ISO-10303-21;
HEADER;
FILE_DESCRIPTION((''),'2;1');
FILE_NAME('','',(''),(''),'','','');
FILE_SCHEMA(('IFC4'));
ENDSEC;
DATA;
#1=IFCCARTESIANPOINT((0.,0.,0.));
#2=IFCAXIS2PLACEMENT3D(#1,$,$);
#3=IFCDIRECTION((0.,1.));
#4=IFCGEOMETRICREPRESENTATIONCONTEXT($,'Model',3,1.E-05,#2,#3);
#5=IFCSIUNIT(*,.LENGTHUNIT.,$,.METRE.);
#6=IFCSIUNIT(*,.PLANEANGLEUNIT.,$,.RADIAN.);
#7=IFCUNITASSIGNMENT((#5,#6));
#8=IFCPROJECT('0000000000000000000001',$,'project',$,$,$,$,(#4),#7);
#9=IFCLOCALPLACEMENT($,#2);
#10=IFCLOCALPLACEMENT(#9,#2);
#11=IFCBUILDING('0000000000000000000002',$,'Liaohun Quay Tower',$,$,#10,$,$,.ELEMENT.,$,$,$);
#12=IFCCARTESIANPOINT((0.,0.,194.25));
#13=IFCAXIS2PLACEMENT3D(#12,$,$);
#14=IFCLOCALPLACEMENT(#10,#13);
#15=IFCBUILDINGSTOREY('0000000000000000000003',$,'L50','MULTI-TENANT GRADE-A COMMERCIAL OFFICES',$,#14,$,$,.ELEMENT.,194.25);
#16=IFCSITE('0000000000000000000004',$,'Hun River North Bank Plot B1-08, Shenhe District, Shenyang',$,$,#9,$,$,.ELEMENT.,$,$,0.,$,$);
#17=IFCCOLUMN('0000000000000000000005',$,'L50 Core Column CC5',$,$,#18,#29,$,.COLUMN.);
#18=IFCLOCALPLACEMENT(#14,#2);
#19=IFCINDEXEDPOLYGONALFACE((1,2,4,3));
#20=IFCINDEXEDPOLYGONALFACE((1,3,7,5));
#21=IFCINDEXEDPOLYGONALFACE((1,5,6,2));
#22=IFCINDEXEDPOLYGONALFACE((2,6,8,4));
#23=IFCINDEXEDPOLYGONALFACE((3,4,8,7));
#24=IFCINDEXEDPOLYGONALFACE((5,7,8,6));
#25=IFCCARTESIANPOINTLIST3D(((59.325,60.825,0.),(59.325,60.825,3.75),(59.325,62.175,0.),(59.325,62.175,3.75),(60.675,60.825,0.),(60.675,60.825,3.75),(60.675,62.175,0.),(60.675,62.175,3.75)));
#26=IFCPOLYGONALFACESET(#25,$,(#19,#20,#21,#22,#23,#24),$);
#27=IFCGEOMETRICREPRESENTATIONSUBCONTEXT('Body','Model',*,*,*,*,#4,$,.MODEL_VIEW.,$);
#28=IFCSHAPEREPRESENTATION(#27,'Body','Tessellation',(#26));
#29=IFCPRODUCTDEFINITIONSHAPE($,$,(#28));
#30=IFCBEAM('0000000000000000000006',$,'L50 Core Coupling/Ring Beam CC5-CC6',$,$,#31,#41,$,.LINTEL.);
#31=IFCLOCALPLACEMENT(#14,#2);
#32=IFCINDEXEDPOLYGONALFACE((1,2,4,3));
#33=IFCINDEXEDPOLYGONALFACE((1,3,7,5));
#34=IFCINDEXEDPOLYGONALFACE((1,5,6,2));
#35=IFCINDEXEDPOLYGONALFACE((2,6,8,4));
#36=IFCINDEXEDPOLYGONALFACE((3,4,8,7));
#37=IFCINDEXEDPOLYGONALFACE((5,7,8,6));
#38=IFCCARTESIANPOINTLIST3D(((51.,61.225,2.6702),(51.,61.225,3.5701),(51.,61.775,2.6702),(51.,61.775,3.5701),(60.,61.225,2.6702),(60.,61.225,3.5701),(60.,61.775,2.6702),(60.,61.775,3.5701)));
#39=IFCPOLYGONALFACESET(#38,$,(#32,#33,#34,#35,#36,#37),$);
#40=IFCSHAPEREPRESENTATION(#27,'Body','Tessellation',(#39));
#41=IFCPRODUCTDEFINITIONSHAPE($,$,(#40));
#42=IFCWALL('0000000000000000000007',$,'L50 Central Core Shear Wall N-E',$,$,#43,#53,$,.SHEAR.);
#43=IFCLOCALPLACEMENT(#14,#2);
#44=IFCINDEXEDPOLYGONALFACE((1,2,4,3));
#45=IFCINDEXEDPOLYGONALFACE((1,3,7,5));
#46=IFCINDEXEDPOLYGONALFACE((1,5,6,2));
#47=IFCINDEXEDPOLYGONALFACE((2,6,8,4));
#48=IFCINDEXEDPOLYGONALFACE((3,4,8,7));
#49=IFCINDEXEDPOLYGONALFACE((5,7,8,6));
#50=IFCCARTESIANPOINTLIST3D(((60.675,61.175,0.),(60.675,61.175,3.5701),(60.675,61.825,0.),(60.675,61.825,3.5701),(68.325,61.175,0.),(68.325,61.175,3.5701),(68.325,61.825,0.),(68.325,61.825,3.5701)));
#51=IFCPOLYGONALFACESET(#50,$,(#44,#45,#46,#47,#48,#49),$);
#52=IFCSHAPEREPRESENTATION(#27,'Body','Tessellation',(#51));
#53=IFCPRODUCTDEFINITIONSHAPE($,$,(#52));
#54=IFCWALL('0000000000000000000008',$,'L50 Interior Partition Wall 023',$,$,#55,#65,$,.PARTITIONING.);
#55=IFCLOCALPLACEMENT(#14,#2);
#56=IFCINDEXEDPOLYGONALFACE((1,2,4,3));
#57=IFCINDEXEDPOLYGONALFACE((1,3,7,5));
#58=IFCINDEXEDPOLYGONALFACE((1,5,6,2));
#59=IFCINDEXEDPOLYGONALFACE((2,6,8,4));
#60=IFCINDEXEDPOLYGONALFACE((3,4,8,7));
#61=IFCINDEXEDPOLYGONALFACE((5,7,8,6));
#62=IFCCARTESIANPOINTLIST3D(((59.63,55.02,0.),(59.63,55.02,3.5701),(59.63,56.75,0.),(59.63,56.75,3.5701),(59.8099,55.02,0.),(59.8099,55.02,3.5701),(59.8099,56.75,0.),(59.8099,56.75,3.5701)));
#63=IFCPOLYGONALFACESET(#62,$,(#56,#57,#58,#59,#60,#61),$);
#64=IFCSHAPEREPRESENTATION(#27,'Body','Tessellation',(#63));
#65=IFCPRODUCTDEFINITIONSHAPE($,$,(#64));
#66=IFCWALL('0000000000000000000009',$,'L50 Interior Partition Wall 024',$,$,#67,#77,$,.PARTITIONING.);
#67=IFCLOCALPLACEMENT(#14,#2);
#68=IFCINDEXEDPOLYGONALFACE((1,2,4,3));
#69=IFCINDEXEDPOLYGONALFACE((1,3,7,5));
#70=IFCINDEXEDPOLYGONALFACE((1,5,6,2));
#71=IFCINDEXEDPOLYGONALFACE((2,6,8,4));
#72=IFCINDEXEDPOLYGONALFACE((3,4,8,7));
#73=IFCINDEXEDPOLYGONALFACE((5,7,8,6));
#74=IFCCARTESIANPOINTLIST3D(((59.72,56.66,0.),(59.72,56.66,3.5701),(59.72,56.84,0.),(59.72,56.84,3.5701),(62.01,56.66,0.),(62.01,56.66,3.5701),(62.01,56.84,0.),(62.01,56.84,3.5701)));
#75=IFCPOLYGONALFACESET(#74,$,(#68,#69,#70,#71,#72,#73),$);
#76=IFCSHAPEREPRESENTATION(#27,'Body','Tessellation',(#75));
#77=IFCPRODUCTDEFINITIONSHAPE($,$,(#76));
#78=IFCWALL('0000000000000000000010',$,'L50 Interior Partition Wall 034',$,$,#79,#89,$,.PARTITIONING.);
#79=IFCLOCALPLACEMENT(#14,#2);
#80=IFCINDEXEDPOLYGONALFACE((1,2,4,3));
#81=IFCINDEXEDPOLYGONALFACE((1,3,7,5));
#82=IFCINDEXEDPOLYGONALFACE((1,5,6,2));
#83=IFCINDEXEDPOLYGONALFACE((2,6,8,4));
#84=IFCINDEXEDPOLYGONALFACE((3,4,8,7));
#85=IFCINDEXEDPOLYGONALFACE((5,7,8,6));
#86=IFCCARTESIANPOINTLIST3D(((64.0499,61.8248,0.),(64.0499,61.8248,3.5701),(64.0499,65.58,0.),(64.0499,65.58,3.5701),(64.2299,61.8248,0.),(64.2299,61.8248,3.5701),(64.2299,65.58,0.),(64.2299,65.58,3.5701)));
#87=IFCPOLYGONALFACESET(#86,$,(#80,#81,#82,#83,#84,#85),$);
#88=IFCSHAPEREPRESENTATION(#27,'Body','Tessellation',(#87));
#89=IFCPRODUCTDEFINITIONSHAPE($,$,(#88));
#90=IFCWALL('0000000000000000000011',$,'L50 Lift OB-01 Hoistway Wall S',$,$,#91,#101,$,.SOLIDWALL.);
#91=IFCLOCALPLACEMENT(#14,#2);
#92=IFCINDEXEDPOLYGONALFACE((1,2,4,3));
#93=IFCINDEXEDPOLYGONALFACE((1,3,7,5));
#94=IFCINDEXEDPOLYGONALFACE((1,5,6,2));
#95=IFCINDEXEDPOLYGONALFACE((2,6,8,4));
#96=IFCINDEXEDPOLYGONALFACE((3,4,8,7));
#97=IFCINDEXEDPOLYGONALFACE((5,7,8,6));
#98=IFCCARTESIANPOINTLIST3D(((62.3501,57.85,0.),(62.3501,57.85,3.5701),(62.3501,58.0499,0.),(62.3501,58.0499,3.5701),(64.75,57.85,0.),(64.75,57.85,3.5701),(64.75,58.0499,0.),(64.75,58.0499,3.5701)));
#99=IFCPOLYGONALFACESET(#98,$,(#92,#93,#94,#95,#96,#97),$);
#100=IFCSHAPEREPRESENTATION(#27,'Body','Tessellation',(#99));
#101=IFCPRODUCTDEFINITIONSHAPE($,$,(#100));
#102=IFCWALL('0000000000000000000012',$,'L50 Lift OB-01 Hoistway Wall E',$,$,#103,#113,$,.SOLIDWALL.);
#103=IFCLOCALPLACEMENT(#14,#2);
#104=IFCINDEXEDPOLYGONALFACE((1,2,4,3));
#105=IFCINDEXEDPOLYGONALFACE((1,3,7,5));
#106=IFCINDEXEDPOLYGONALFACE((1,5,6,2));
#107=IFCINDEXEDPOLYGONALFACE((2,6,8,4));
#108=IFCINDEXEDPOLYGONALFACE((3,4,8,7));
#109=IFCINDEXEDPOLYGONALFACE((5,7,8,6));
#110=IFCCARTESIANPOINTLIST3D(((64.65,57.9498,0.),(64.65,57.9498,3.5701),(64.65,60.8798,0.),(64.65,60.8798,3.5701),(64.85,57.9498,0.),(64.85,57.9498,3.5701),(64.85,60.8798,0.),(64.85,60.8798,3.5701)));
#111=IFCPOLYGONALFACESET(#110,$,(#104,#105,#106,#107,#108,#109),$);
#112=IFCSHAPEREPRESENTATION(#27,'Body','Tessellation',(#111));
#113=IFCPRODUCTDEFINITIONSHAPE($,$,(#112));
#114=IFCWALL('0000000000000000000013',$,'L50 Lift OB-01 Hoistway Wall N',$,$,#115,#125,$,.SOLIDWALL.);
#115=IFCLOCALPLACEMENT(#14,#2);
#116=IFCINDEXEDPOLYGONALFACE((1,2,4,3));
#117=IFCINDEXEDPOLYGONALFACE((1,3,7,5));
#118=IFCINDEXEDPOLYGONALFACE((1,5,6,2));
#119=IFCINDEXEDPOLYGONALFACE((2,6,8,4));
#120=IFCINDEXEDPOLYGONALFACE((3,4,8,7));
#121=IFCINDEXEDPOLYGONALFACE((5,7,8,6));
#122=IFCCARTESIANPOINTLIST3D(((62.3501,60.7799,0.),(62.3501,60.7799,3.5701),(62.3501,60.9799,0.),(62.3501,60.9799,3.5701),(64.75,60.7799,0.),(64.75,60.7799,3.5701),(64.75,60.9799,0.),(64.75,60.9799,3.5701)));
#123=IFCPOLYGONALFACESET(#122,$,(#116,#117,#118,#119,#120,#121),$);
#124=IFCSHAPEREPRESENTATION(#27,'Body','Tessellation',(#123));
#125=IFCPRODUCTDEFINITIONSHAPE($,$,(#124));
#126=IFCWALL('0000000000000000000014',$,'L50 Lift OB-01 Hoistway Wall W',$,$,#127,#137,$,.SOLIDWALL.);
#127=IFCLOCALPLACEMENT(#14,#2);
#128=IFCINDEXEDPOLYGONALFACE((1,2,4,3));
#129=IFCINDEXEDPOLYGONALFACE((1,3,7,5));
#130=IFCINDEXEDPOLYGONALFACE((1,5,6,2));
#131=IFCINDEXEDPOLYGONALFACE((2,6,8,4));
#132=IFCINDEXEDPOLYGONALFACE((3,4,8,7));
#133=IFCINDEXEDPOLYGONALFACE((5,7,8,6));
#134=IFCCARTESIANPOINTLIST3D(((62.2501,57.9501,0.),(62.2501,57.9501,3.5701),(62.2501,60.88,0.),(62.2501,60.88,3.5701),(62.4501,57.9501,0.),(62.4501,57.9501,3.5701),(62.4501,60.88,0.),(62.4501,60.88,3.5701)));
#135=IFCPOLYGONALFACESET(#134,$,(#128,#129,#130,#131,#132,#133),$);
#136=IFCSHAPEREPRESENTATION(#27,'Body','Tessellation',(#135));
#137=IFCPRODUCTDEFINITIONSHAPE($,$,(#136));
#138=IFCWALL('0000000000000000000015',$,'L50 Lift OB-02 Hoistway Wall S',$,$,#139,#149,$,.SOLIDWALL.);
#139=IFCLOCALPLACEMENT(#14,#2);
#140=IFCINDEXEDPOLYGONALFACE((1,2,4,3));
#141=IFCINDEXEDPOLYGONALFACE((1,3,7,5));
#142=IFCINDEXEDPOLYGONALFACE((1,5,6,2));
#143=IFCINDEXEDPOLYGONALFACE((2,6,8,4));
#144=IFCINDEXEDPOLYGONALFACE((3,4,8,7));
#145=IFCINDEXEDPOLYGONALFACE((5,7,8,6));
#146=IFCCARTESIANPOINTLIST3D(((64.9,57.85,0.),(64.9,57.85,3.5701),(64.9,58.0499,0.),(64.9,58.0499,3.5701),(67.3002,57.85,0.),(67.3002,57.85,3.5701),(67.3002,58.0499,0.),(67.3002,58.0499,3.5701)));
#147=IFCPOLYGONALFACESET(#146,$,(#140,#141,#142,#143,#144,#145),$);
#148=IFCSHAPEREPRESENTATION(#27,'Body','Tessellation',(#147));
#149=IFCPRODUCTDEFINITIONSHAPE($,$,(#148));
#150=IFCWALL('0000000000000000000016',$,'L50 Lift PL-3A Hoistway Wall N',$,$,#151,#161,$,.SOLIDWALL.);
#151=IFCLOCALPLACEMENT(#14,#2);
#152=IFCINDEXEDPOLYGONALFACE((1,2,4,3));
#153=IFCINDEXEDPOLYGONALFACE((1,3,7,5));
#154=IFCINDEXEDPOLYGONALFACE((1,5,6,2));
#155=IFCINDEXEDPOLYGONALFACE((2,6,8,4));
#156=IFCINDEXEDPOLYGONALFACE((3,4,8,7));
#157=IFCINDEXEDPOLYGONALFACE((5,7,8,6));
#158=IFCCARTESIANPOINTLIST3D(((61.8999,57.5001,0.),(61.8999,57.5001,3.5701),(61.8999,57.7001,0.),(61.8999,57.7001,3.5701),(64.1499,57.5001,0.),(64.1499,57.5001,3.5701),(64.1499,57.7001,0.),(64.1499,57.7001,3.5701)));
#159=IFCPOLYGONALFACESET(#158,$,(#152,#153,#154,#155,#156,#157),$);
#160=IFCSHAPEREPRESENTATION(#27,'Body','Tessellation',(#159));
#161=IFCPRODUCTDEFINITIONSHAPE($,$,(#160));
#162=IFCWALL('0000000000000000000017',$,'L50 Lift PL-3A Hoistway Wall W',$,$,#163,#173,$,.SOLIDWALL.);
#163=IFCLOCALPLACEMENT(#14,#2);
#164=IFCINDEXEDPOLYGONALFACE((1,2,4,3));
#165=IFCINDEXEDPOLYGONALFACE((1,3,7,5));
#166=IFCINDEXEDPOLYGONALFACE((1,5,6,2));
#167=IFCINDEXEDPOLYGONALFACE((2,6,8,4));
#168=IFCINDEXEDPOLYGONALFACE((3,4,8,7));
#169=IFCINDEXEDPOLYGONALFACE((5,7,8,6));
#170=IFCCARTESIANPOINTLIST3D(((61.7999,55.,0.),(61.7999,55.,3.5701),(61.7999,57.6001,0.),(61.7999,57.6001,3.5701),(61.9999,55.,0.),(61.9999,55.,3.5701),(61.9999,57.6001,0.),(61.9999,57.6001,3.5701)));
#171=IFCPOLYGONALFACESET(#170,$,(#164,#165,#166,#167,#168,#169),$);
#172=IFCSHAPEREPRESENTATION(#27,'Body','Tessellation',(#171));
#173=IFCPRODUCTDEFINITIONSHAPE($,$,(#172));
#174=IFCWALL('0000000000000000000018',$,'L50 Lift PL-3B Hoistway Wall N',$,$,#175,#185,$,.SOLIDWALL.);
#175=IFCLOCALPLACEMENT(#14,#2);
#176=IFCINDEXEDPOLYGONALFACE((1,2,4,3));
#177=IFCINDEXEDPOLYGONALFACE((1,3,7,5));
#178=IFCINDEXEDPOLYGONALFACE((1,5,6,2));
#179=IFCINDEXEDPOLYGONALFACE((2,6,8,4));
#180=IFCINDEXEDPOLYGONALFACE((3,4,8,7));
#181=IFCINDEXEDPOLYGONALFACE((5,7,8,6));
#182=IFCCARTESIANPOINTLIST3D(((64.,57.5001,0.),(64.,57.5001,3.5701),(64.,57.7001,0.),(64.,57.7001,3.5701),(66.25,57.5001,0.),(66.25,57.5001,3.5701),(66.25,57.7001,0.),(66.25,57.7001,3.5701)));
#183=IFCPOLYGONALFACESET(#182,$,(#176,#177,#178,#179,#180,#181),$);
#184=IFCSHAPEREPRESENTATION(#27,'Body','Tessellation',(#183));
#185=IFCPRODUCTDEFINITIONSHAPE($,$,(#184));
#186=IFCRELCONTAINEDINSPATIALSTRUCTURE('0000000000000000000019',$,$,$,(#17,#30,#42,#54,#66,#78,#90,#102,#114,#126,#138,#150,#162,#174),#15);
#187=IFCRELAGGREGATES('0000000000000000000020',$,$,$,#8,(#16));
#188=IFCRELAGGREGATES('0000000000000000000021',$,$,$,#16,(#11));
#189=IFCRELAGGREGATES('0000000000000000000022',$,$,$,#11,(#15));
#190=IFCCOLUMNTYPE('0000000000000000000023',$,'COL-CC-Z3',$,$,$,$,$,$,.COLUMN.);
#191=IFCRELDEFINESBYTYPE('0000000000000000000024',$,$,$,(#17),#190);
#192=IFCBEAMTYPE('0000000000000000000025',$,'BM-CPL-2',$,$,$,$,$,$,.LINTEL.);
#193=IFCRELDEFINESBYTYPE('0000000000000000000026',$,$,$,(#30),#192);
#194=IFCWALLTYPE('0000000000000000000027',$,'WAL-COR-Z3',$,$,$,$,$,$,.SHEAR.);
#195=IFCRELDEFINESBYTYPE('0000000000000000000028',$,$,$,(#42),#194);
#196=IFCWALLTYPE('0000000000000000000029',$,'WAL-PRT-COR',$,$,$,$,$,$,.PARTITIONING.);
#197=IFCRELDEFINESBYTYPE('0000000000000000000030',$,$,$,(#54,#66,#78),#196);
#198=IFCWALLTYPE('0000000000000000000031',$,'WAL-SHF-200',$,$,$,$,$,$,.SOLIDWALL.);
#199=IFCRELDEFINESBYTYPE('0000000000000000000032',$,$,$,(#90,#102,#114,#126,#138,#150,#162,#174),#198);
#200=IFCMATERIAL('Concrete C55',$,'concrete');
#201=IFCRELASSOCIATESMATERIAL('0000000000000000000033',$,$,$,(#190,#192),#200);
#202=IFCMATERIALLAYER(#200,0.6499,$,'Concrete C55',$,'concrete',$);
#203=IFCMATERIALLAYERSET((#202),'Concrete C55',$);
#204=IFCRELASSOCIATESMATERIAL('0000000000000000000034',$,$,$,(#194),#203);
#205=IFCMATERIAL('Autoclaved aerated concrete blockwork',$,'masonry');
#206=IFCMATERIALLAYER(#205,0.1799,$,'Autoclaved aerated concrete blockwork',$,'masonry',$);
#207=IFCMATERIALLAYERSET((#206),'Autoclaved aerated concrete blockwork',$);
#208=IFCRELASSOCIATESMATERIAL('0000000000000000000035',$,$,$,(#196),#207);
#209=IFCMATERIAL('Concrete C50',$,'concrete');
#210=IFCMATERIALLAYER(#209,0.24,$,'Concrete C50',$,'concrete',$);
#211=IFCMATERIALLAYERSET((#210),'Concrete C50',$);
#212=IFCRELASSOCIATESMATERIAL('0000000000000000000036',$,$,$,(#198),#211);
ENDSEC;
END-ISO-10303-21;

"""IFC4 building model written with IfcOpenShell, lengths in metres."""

from ifc_helpers import new_model, si_unit, direction, frame, frame_2d, origin, origin_2d, place, context, subcontext, project, spatial, rectangle, extrude, source, transform, mapped, material, layer, layer_set, material_profile, profile_set, type_object, element, save


model = new_model("IFC4")

# Units and contexts
model_context = context("Model", 3, precision=1e-05, world=origin(), true_north=direction((0.0, 1.0)))
body_context = subcontext(model_context, "Body", "Model", "MODEL_VIEW")
ifc_project = project(units=[si_unit("LENGTHUNIT", "METRE"), si_unit("PLANEANGLEUNIT", "RADIAN")], contexts=[model_context])

# Site, building, storey
site_placement = place(None, origin())
site = spatial("IfcSite", under=ifc_project, at=site_placement, Name="Hun River North Bank Plot B1-08, Shenhe District, Shenyang", CompositionType="ELEMENT", RefElevation=0.0)
building_placement = place(site_placement, origin())
building = spatial("IfcBuilding", under=site, at=building_placement, Name="Liaohun Quay Tower", CompositionType="ELEMENT")
storey_placement = place(building_placement, frame((0.0, 0.0, 194.25)))
storey = spatial("IfcBuildingStorey", under=building, at=storey_placement, Name="L50", Description="MULTI-TENANT GRADE-A COMMERCIAL OFFICES", CompositionType="ELEMENT", Elevation=194.25)

# Column
ifc_material_1 = material(Name="Concrete C55", Category="concrete")
ifc_material_profile_1 = material_profile(ifc_material_1, rectangle(XDim=1.3501, YDim=1.3501, at=origin_2d()), Name="RC1350x1350")
ifc_profile_set_1 = profile_set([ifc_material_profile_1], Name="Concrete C55")
column_type = type_object("IfcColumnType", Name="COL-CC-Z3", PredefinedType="COLUMN", material=ifc_profile_set_1)
shared_shape_1 = source(origin(), body_context, "Body", "SweptSolid", [
    extrude(rectangle(XDim=1.3501, YDim=1.3501, at=origin_2d()), origin(), (0.0, 0.0, 1.0), 3.75),
])
column_placement = place(storey_placement, frame((60.0, 61.5, 0.0), z_axis=(0.0, 0.0, 1.0), x_axis=(1.0, 0.0, 0.0)))
element("IfcColumn", 1, at=column_placement, inside=storey, type_object=column_type, Name="L50 Core Column CC5", PredefinedType="COLUMN", context=body_context, shape_type="MappedRepresentation", body=[
    mapped(shared_shape_1, transform((0.0, 0.0, 0.0), x_axis=(1.0, 0.0, 0.0), y_axis=(0.0, 1.0, 0.0), z_axis=(0.0, 0.0, 1.0), scale=1.0)),
])

# Beam
ifc_material_profile_2 = material_profile(ifc_material_1, rectangle(XDim=0.55, YDim=0.8999, at=origin_2d()), Name="RC550x900")
ifc_profile_set_2 = profile_set([ifc_material_profile_2], Name="Concrete C55")
beam_type = type_object("IfcBeamType", Name="BM-CPL-2", PredefinedType="LINTEL", material=ifc_profile_set_2)
shared_shape_2 = source(origin(), body_context, "Body", "SweptSolid", [
    extrude(rectangle(XDim=0.55, YDim=0.8999, at=origin_2d()), origin(), (0.0, 0.0, 1.0), 9.0),
])
beam_placement = place(storey_placement, frame((60.0, 61.5, 3.1201), z_axis=(-1.0, 0.0, 0.0), x_axis=(0.0, -1.0, 0.0)))
element("IfcBeam", 2, at=beam_placement, inside=storey, type_object=beam_type, Name="L50 Core Coupling/Ring Beam CC5-CC6", PredefinedType="LINTEL", context=body_context, shape_type="MappedRepresentation", body=[
    mapped(shared_shape_2, transform((0.0, 0.0, 0.0), x_axis=(1.0, 0.0, 0.0), y_axis=(0.0, 1.0, 0.0), z_axis=(0.0, 0.0, 1.0), scale=1.0)),
])

# Walls
ifc_layer_1 = layer(ifc_material_1, 0.6499, Name="Concrete C55", Category="concrete")
ifc_layer_set_1 = layer_set([ifc_layer_1], Name="Concrete C55")
wall_type_1 = type_object("IfcWallType", Name="WAL-COR-Z3", PredefinedType="SHEAR", material=ifc_layer_set_1)
wall_1_placement = place(storey_placement, frame((60.675, 61.5, 0.0), z_axis=(0.0, 0.0, 1.0), x_axis=(1.0, 0.0, 0.0)))
element("IfcWall", 3, at=wall_1_placement, inside=storey, type_object=wall_type_1, Name="L50 Central Core Shear Wall N-E", PredefinedType="SHEAR", context=body_context, shape_type="SweptSolid", body=[
    extrude(rectangle(XDim=7.6499, YDim=0.6499, at=frame_2d((3.825, 0.0))), origin(), (0.0, 0.0, 1.0), 3.5701),
])
ifc_material_2 = material(Name="Autoclaved aerated concrete blockwork", Category="masonry")
ifc_layer_2 = layer(ifc_material_2, 0.1799, Name="Autoclaved aerated concrete blockwork", Category="masonry")
ifc_layer_set_2 = layer_set([ifc_layer_2], Name="Autoclaved aerated concrete blockwork")
wall_type_2 = type_object("IfcWallType", Name="WAL-PRT-COR", PredefinedType="PARTITIONING", material=ifc_layer_set_2)
wall_2_placement = place(storey_placement, frame((59.72, 55.02, 0.0), z_axis=(0.0, 0.0, 1.0), x_axis=(0.0, 1.0, 0.0)))
element("IfcWall", 4, at=wall_2_placement, inside=storey, type_object=wall_type_2, Name="L50 Interior Partition Wall 023", PredefinedType="PARTITIONING", context=body_context, shape_type="SweptSolid", body=[
    extrude(rectangle(XDim=1.73, YDim=0.1799, at=frame_2d((0.865, 0.0))), origin(), (0.0, 0.0, 1.0), 3.5701),
])
wall_3_placement = place(storey_placement, frame((59.72, 56.75, 0.0), z_axis=(0.0, 0.0, 1.0), x_axis=(1.0, 0.0, 0.0)))
element("IfcWall", 5, at=wall_3_placement, inside=storey, type_object=wall_type_2, Name="L50 Interior Partition Wall 024", PredefinedType="PARTITIONING", context=body_context, shape_type="SweptSolid", body=[
    extrude(rectangle(XDim=2.29, YDim=0.1799, at=frame_2d((1.145, 0.0))), origin(), (0.0, 0.0, 1.0), 3.5701),
])
wall_4_placement = place(storey_placement, frame((64.1399, 61.825, 0.0), z_axis=(0.0, 0.0, 1.0), x_axis=(0.0, 1.0, 0.0)))
element("IfcWall", 6, at=wall_4_placement, inside=storey, type_object=wall_type_2, Name="L50 Interior Partition Wall 034", PredefinedType="PARTITIONING", context=body_context, shape_type="SweptSolid", body=[
    extrude(rectangle(XDim=3.7551, YDim=0.1799, at=frame_2d((1.8774, 0.0))), origin(), (0.0, 0.0, 1.0), 3.5701),
])
ifc_material_3 = material(Name="Concrete C50", Category="concrete")
ifc_layer_3 = layer(ifc_material_3, 0.24, Name="Concrete C50", Category="concrete")
ifc_layer_set_3 = layer_set([ifc_layer_3], Name="Concrete C50")
wall_type_3 = type_object("IfcWallType", Name="WAL-SHF-200", PredefinedType="SOLIDWALL", material=ifc_layer_set_3)
wall_5_placement = place(storey_placement, frame((62.3501, 57.95, 0.0), z_axis=(0.0, 0.0, 1.0), x_axis=(1.0, 0.0, 0.0)))
element("IfcWall", 7, at=wall_5_placement, inside=storey, type_object=wall_type_3, Name="L50 Lift OB-01 Hoistway Wall S", PredefinedType="SOLIDWALL", context=body_context, shape_type="SweptSolid", body=[
    extrude(rectangle(XDim=2.3999, YDim=0.2, at=frame_2d((1.2, 0.0))), origin(), (0.0, 0.0, 1.0), 3.5701),
])
wall_6_placement = place(storey_placement, frame((64.75, 57.95, 0.0), z_axis=(0.0, 0.0, 1.0), x_axis=(0.0, 1.0, 0.0)))
element("IfcWall", 8, at=wall_6_placement, inside=storey, type_object=wall_type_3, Name="L50 Lift OB-01 Hoistway Wall E", PredefinedType="SOLIDWALL", context=body_context, shape_type="SweptSolid", body=[
    extrude(rectangle(XDim=2.9299, YDim=0.2, at=frame_2d((1.4648, 0.0))), origin(), (0.0, 0.0, 1.0), 3.5701),
])
wall_7_placement = place(storey_placement, frame((64.75, 60.8799, 0.0), z_axis=(0.0, 0.0, 1.0), x_axis=(-1.0, 0.0, 0.0)))
element("IfcWall", 9, at=wall_7_placement, inside=storey, type_object=wall_type_3, Name="L50 Lift OB-01 Hoistway Wall N", PredefinedType="SOLIDWALL", context=body_context, shape_type="SweptSolid", body=[
    extrude(rectangle(XDim=2.3999, YDim=0.2, at=frame_2d((1.2, 0.0))), origin(), (0.0, 0.0, 1.0), 3.5701),
])
wall_8_placement = place(storey_placement, frame((62.3501, 60.8799, 0.0), z_axis=(0.0, 0.0, 1.0), x_axis=(0.0, -1.0, 0.0)))
element("IfcWall", 10, at=wall_8_placement, inside=storey, type_object=wall_type_3, Name="L50 Lift OB-01 Hoistway Wall W", PredefinedType="SOLIDWALL", context=body_context, shape_type="SweptSolid", body=[
    extrude(rectangle(XDim=2.9299, YDim=0.2, at=frame_2d((1.4648, 0.0))), origin(), (0.0, 0.0, 1.0), 3.5701),
])
wall_9_placement = place(storey_placement, frame((64.8999, 57.95, 0.0), z_axis=(0.0, 0.0, 1.0), x_axis=(1.0, 0.0, 0.0)))
element("IfcWall", 11, at=wall_9_placement, inside=storey, type_object=wall_type_3, Name="L50 Lift OB-02 Hoistway Wall S", PredefinedType="SOLIDWALL", context=body_context, shape_type="SweptSolid", body=[
    extrude(rectangle(XDim=2.4001, YDim=0.2, at=frame_2d((1.2002, 0.0))), origin(), (0.0, 0.0, 1.0), 3.5701),
])
wall_10_placement = place(storey_placement, frame((64.1499, 57.6001, 0.0), z_axis=(0.0, 0.0, 1.0), x_axis=(-1.0, 0.0, 0.0)))
element("IfcWall", 12, at=wall_10_placement, inside=storey, type_object=wall_type_3, Name="L50 Lift PL-3A Hoistway Wall N", PredefinedType="SOLIDWALL", context=body_context, shape_type="SweptSolid", body=[
    extrude(rectangle(XDim=2.25, YDim=0.2, at=frame_2d((1.125, 0.0))), origin(), (0.0, 0.0, 1.0), 3.5701),
])
wall_11_placement = place(storey_placement, frame((61.8999, 57.6001, 0.0), z_axis=(0.0, 0.0, 1.0), x_axis=(0.0, -1.0, 0.0)))
element("IfcWall", 13, at=wall_11_placement, inside=storey, type_object=wall_type_3, Name="L50 Lift PL-3A Hoistway Wall W", PredefinedType="SOLIDWALL", context=body_context, shape_type="SweptSolid", body=[
    extrude(rectangle(XDim=2.6001, YDim=0.2, at=frame_2d((1.3, 0.0))), origin(), (0.0, 0.0, 1.0), 3.5701),
])
wall_12_placement = place(storey_placement, frame((66.25, 57.6001, 0.0), z_axis=(0.0, 0.0, 1.0), x_axis=(-1.0, 0.0, 0.0)))
element("IfcWall", 14, at=wall_12_placement, inside=storey, type_object=wall_type_3, Name="L50 Lift PL-3B Hoistway Wall N", PredefinedType="SOLIDWALL", context=body_context, shape_type="SweptSolid", body=[
    extrude(rectangle(XDim=2.25, YDim=0.2, at=frame_2d((1.125, 0.0))), origin(), (0.0, 0.0, 1.0), 3.5701),
])

save(model, "model.ifc")
